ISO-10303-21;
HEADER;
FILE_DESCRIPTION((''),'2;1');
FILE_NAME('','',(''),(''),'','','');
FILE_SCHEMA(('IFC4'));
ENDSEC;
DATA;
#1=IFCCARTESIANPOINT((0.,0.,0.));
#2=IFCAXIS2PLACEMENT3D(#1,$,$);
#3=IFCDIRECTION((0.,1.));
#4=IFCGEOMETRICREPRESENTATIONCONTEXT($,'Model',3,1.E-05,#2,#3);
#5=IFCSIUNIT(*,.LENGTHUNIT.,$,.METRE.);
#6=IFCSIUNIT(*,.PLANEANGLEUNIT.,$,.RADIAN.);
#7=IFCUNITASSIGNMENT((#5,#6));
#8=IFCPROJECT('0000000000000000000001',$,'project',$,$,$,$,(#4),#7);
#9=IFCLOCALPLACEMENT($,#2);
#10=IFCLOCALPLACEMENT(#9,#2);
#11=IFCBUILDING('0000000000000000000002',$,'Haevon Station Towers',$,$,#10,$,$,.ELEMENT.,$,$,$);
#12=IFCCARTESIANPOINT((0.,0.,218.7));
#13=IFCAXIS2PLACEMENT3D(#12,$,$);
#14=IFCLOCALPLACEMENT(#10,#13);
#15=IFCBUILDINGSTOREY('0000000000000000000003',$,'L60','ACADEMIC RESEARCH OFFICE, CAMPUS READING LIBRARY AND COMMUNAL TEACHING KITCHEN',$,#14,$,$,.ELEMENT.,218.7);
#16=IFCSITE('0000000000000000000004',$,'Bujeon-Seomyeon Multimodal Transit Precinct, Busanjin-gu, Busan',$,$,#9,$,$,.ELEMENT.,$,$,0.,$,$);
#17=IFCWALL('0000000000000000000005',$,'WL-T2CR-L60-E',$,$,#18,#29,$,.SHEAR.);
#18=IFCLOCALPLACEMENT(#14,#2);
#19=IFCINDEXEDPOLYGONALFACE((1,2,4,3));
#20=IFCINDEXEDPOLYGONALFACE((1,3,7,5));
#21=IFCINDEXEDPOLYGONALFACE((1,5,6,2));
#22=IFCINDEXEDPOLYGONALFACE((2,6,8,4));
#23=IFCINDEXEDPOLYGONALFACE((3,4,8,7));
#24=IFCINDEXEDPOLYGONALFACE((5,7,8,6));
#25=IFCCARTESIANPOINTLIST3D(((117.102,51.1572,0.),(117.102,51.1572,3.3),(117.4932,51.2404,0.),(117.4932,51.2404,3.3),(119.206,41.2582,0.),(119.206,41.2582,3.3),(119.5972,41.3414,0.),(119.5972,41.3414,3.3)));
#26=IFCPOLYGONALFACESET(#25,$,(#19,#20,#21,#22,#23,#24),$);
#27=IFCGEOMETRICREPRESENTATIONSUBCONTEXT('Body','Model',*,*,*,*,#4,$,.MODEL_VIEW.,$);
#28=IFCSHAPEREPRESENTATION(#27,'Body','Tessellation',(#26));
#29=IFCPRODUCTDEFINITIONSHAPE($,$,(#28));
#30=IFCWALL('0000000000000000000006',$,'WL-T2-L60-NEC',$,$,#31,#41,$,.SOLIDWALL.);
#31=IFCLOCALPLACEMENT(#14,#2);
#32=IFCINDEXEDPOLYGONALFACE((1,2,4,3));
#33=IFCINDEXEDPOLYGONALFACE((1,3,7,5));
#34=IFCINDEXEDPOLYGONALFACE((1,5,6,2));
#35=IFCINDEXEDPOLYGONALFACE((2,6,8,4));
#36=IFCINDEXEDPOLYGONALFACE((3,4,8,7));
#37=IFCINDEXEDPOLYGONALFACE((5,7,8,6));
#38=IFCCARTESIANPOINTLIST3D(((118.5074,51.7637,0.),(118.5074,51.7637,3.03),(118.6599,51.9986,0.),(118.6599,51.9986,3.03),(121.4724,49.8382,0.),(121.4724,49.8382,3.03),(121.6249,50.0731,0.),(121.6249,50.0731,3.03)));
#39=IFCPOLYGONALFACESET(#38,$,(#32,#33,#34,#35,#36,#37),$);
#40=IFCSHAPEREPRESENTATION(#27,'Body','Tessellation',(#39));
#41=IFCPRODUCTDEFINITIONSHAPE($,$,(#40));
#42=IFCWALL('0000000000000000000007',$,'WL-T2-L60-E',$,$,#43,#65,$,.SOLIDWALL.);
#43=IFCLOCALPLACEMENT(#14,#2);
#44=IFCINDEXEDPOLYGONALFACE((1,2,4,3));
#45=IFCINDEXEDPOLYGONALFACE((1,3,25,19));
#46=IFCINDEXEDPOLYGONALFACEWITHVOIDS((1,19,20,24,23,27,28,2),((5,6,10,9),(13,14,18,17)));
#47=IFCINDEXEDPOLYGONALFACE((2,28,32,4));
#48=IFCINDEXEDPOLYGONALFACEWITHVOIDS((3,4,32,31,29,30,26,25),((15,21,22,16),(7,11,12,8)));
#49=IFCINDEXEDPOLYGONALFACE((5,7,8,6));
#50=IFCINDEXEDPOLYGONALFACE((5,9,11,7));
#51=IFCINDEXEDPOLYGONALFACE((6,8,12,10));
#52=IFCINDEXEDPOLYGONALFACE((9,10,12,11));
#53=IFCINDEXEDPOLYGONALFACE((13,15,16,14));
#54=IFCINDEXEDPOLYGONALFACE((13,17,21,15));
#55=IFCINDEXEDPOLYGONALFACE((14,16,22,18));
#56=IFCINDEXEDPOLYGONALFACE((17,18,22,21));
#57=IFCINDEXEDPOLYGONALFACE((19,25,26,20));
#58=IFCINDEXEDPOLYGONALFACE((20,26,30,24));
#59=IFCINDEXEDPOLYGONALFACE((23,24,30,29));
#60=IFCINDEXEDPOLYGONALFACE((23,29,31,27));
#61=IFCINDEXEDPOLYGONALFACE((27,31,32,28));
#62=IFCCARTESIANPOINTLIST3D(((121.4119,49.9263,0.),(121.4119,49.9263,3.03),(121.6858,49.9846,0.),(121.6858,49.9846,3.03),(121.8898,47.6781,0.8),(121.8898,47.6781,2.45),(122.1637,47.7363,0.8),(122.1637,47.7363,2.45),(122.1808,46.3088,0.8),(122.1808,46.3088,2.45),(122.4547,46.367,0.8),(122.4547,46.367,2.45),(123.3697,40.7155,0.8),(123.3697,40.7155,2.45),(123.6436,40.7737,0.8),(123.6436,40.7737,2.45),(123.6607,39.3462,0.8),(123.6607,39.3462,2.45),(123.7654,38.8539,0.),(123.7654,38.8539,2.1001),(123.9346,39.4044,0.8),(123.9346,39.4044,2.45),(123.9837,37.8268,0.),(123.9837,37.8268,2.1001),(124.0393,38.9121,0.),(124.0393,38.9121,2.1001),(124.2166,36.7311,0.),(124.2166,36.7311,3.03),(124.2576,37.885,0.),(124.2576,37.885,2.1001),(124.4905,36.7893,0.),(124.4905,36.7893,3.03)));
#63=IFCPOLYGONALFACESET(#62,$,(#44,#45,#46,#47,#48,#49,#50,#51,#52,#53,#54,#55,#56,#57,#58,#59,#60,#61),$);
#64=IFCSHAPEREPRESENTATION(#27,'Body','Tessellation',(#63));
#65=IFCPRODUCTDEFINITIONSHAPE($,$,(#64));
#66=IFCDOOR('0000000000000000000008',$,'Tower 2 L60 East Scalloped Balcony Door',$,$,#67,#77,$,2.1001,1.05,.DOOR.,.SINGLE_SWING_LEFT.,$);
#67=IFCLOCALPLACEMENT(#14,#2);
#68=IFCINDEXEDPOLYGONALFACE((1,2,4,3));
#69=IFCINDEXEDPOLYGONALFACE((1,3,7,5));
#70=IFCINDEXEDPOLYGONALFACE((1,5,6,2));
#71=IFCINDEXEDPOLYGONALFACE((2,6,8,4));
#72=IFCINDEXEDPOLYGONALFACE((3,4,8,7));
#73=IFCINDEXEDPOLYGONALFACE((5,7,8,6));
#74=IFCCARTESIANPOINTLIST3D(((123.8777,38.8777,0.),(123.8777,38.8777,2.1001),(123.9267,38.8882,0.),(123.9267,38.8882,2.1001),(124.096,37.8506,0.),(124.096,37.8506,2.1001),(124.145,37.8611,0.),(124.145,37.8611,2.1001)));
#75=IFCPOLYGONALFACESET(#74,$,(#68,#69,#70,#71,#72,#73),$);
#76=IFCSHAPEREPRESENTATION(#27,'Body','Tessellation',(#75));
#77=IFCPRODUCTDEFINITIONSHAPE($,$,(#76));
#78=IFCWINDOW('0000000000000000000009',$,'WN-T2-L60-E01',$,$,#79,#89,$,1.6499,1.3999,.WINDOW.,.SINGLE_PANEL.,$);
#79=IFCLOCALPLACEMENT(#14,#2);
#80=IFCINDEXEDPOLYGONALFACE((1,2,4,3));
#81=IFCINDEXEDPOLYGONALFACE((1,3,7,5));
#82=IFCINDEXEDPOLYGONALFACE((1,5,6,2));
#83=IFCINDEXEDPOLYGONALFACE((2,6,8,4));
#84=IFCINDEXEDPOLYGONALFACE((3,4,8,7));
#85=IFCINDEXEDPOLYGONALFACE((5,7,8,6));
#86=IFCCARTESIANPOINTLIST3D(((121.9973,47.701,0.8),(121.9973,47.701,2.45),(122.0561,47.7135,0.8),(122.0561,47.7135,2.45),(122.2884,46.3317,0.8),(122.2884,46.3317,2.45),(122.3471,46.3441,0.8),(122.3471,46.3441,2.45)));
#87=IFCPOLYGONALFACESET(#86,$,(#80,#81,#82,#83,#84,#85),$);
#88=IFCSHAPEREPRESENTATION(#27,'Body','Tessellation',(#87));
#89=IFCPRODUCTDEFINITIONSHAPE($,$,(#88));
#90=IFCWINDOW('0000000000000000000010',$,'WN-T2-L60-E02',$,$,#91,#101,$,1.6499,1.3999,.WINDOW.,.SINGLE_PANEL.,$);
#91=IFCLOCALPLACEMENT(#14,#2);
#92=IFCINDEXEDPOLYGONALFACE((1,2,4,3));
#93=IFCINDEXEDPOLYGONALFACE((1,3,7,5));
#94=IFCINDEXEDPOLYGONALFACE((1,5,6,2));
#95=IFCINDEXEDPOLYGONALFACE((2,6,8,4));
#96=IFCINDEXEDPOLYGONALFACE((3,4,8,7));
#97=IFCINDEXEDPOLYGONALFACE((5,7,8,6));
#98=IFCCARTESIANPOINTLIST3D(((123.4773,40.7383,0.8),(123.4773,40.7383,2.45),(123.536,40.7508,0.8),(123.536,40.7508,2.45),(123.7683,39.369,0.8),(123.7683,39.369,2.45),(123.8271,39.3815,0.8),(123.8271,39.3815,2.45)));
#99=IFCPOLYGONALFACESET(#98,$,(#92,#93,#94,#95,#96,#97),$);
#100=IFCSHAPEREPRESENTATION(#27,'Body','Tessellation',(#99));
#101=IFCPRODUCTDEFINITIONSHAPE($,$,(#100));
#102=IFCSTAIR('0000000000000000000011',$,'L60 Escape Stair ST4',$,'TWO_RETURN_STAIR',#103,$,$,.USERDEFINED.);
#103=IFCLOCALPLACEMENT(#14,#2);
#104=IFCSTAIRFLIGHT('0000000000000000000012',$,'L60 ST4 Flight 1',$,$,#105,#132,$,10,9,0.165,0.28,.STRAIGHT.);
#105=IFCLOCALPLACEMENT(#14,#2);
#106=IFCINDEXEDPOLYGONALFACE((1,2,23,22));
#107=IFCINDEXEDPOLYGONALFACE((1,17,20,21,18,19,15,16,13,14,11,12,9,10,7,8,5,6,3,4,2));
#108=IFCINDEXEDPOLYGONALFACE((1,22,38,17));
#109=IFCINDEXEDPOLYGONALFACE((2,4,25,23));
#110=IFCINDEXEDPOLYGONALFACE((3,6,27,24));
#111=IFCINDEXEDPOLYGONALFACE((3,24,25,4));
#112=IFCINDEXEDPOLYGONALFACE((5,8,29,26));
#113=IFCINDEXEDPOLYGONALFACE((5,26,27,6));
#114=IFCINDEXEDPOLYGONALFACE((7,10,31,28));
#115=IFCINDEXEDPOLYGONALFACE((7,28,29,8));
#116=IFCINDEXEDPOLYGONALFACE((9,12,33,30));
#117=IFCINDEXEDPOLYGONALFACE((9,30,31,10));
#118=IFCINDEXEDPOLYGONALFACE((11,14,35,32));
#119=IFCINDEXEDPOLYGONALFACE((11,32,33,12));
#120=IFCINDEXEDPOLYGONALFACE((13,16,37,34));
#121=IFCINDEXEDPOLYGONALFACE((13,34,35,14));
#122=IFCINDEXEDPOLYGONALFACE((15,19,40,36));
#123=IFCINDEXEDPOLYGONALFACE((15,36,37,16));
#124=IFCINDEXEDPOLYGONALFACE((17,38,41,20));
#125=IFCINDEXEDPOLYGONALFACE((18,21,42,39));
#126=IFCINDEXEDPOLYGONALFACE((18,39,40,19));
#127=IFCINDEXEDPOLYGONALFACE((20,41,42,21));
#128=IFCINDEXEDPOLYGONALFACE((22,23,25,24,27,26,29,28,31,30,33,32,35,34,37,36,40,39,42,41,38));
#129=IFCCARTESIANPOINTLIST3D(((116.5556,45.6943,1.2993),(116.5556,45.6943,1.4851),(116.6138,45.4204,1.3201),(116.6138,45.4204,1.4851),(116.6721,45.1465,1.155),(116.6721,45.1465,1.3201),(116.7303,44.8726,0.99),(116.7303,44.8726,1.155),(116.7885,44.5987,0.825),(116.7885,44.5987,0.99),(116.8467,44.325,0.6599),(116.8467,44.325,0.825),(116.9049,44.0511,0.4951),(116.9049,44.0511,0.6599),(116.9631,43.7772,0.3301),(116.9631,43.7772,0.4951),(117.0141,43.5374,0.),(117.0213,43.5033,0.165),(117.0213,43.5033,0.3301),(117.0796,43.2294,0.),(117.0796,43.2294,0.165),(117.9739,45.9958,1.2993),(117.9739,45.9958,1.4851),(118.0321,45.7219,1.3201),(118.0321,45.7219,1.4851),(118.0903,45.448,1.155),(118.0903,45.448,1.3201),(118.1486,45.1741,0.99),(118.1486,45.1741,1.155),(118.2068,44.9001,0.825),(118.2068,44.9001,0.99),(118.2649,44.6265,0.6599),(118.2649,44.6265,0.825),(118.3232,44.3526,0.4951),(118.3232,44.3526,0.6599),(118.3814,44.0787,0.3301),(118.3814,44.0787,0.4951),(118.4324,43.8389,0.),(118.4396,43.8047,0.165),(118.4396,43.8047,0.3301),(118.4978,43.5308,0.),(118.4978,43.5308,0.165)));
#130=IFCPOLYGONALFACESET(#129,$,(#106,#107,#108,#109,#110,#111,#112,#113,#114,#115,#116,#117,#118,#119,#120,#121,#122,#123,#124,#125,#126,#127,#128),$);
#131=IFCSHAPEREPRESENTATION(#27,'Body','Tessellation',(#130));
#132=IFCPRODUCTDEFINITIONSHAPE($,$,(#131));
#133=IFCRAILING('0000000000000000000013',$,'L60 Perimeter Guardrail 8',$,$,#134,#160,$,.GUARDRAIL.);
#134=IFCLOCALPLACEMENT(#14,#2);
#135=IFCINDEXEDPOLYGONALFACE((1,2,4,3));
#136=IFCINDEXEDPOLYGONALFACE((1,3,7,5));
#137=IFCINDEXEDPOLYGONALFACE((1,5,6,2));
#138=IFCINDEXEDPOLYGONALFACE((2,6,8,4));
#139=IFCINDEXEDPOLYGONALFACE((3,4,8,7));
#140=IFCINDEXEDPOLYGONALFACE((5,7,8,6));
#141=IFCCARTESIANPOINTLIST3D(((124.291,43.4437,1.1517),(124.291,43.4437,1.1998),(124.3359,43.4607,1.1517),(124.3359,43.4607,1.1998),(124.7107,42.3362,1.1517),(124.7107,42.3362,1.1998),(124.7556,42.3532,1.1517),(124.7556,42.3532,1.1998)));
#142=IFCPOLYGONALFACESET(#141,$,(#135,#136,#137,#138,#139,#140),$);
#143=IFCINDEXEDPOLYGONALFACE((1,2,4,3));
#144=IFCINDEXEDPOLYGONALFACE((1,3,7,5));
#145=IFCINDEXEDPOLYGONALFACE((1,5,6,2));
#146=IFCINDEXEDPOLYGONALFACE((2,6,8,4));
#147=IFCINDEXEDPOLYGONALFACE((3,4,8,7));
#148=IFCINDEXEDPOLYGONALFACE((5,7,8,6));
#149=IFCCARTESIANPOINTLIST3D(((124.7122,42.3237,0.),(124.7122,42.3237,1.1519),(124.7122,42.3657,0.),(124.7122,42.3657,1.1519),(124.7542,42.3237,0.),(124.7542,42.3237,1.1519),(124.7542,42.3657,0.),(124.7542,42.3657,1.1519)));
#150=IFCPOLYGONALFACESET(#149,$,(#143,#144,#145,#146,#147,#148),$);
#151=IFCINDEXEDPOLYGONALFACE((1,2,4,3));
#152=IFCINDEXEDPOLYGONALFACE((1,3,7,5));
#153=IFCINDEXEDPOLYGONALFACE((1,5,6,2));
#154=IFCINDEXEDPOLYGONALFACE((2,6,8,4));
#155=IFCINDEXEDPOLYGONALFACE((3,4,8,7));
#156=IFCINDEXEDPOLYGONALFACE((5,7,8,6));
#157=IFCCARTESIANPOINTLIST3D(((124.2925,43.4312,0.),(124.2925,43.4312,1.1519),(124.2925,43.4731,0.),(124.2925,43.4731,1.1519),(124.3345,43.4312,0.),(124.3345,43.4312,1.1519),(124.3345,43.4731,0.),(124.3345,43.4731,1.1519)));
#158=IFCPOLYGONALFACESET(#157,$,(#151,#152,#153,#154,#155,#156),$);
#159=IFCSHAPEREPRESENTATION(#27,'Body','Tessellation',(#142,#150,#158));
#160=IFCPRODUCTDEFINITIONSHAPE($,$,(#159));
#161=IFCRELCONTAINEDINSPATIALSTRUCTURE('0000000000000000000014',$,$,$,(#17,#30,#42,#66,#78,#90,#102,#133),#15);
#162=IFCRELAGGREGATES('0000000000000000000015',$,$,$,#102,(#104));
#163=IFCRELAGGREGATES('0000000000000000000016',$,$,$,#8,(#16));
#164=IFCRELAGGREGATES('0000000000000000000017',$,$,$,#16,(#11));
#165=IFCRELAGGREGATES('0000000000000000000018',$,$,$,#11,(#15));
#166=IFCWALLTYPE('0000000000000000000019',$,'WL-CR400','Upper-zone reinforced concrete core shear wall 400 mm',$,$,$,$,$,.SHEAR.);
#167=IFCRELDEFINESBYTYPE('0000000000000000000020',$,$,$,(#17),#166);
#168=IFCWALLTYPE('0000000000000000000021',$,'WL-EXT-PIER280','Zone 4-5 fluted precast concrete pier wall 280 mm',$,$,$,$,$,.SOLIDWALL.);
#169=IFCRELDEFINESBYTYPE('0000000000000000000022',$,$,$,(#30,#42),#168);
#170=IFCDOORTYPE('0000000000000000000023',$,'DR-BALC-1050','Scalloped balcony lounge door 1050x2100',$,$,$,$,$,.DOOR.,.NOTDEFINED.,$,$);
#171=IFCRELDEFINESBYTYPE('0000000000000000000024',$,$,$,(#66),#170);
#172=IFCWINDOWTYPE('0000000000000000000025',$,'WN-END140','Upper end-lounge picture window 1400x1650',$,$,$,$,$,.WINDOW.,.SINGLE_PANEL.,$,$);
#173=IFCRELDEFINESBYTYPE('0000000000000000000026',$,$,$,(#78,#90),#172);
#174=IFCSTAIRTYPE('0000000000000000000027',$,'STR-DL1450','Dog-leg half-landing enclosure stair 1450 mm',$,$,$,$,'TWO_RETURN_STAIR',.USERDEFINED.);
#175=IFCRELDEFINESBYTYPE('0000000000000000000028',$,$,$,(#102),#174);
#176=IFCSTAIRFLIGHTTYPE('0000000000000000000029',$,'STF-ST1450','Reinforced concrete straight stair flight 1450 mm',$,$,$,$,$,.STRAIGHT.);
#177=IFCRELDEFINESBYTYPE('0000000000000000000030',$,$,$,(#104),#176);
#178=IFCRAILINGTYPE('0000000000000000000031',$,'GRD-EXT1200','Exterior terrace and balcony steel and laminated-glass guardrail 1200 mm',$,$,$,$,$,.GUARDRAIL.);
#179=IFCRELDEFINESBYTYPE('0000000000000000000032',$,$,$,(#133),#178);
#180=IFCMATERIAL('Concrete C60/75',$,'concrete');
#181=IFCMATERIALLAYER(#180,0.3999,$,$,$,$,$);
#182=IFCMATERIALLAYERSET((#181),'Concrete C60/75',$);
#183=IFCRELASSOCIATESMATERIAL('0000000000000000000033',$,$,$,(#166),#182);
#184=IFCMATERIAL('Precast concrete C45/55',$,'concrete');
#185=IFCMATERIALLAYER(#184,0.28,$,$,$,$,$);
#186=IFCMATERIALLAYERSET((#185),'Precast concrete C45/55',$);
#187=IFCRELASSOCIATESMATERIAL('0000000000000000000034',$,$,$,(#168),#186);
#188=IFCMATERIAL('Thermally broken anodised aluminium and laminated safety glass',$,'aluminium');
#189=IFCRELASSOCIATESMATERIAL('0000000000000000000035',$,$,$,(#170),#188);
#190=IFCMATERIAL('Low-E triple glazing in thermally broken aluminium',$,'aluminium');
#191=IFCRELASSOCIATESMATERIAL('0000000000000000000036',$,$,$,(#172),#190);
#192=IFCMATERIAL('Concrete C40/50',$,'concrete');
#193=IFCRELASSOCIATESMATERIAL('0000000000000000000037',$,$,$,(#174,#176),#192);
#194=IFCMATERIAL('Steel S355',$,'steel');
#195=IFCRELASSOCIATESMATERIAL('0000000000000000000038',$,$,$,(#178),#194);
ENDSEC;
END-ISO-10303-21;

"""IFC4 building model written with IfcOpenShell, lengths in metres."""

from ifc_helpers import new_model, si_unit, direction, frame, frame_2d, origin, origin_2d, place, context, subcontext, project, spatial, polyline, rectangle, outline, extrude, material, layer, layer_set, type_object, element, fill, aggregate, save


model = new_model("IFC4")

# Units and contexts
model_context = context("Model", 3, precision=1e-05, world=origin(), true_north=direction((0.0, 1.0)))
body_context = subcontext(model_context, "Body", "Model", "MODEL_VIEW")
ifc_project = project(units=[si_unit("LENGTHUNIT", "METRE"), si_unit("PLANEANGLEUNIT", "RADIAN")], contexts=[model_context])

# Site, building, storey
site_placement = place(None, origin())
site = spatial("IfcSite", under=ifc_project, at=site_placement, Name="Bujeon-Seomyeon Multimodal Transit Precinct, Busanjin-gu, Busan", CompositionType="ELEMENT", RefElevation=0.0)
building_placement = place(site_placement, origin())
building = spatial("IfcBuilding", under=site, at=building_placement, Name="Haevon Station Towers", CompositionType="ELEMENT")
storey_placement = place(building_placement, frame((0.0, 0.0, 218.7)))
storey = spatial("IfcBuildingStorey", under=building, at=storey_placement, Name="L60", Description="ACADEMIC RESEARCH OFFICE, CAMPUS READING LIBRARY AND COMMUNAL TEACHING KITCHEN", CompositionType="ELEMENT", Elevation=218.7)

# Shared definitions
ifc_material_1 = material(Name="Steel S355", Category="steel")

# Walls
ifc_material_2 = material(Name="Concrete C60/75", Category="concrete")
ifc_layer_1 = layer(ifc_material_2, 0.3999)
ifc_layer_set_1 = layer_set([ifc_layer_1], Name="Concrete C60/75")
wall_type_1 = type_object("IfcWallType", Name="WL-CR400", Description="Upper-zone reinforced concrete core shear wall 400 mm", PredefinedType="SHEAR", material=ifc_layer_set_1)
wall_1_placement = place(storey_placement, frame((119.4016, 41.2998, 0.0), z_axis=(0.0, 0.0, 1.0), x_axis=(-0.207904, 0.978149, 0.0)))
element("IfcWall", 1, at=wall_1_placement, inside=storey, type_object=wall_type_1, Name="WL-T2CR-L60-E", PredefinedType="SHEAR", context=body_context, shape_type="SweptSolid", body=[
    extrude(rectangle(XDim=10.1201, YDim=0.3999, at=frame_2d((5.0601, 0.0))), origin(), (0.0, 0.0, 1.0), 3.3),
])
ifc_material_3 = material(Name="Precast concrete C45/55", Category="concrete")
ifc_layer_2 = layer(ifc_material_3, 0.28)
ifc_layer_set_2 = layer_set([ifc_layer_2], Name="Precast concrete C45/55")
wall_type_2 = type_object("IfcWallType", Name="WL-EXT-PIER280", Description="Zone 4-5 fluted precast concrete pier wall 280 mm", PredefinedType="SOLIDWALL", material=ifc_layer_set_2)
wall_2_placement = place(storey_placement, frame((118.5837, 51.8811, 0.0), z_axis=(0.0, 0.0, 1.0), x_axis=(0.838672, -0.544636, 0.0)))
element("IfcWall", 2, at=wall_2_placement, inside=storey, type_object=wall_type_2, Name="WL-T2-L60-NEC", PredefinedType="SOLIDWALL", context=body_context, shape_type="SweptSolid", body=[
    extrude(rectangle(XDim=3.5354, YDim=0.28, at=frame_2d((1.7676, 0.0))), origin(), (0.0, 0.0, 1.0), 3.03),
])

# Wall, openings, door, windows
wall_3_placement = place(storey_placement, frame((121.5488, 49.9556, 0.0), z_axis=(0.0, 0.0, 1.0), x_axis=(0.207907, -0.978149, 0.0)))
wall_3 = element("IfcWall", 3, at=wall_3_placement, inside=storey, type_object=wall_type_2, Name="WL-T2-L60-E", PredefinedType="SOLIDWALL", context=body_context, shape_type="SweptSolid", body=[
    extrude(rectangle(XDim=13.49, YDim=0.28, at=frame_2d((6.7451, 0.0))), origin(), (0.0, 0.0, 1.0), 3.03),
])
opening_1_placement = place(wall_3_placement, frame((11.3201, 0.0, 0.0)))
opening_1 = element("IfcOpeningElement", 4, at=opening_1_placement, cuts=wall_3, PredefinedType="OPENING", context=body_context, shape_type="SweptSolid", body=[
    extrude(rectangle(XDim=1.05, YDim=2.1001, at=frame_2d((0.5249, 1.05))), frame((0.0, 0.1499, 0.0), z_axis=(0.0, -1.0, 0.0), x_axis=(1.0, 0.0, 0.0)), (0.0, 0.0, 1.0), 0.3),
])
opening_2_placement = place(wall_3_placement, frame((2.2986, 0.0, 0.8)))
opening_2 = element("IfcOpeningElement", 5, at=opening_2_placement, cuts=wall_3, PredefinedType="OPENING", context=body_context, shape_type="SweptSolid", body=[
    extrude(rectangle(XDim=1.3999, YDim=1.6499, at=frame_2d((0.7, 0.825))), frame((0.0, 0.1499, 0.0), z_axis=(0.0, -1.0, 0.0), x_axis=(1.0, 0.0, 0.0)), (0.0, 0.0, 1.0), 0.3),
])
opening_3_placement = place(wall_3_placement, frame((9.4167, 0.0, 0.8)))
opening_3 = element("IfcOpeningElement", 6, at=opening_3_placement, cuts=wall_3, PredefinedType="OPENING", context=body_context, shape_type="SweptSolid", body=[
    extrude(rectangle(XDim=1.3999, YDim=1.6499, at=frame_2d((0.7, 0.825))), frame((0.0, 0.1499, 0.0), z_axis=(0.0, -1.0, 0.0), x_axis=(1.0, 0.0, 0.0)), (0.0, 0.0, 1.0), 0.3),
])
ifc_material_4 = material(Name="Thermally broken anodised aluminium and laminated safety glass", Category="aluminium")
door_type = type_object("IfcDoorType", Name="DR-BALC-1050", Description="Scalloped balcony lounge door 1050x2100", OperationType="NOTDEFINED", PredefinedType="DOOR", material=ifc_material_4)
door_placement = place(opening_1_placement, origin())
door = element("IfcDoor", 7, at=door_placement, inside=storey, type_object=door_type, Name="Tower 2 L60 East Scalloped Balcony Door", OperationType="SINGLE_SWING_LEFT", OverallHeight=2.1001, OverallWidth=1.05, PredefinedType="DOOR", context=body_context, shape_type="SweptSolid", body=[
    extrude(rectangle(XDim=1.05, YDim=2.1001, at=frame_2d((0.5249, 1.05))), frame((0.0, 0.0249, 0.0), z_axis=(0.0, -1.0, 0.0), x_axis=(1.0, 0.0, 0.0)), (0.0, 0.0, 1.0), 0.05),
])
fill(opening_1, door)
ifc_material_5 = material(Name="Low-E triple glazing in thermally broken aluminium", Category="aluminium")
window_type = type_object("IfcWindowType", Name="WN-END140", Description="Upper end-lounge picture window 1400x1650", PartitioningType="SINGLE_PANEL", PredefinedType="WINDOW", material=ifc_material_5)
window_1_placement = place(opening_2_placement, origin())
window_1 = element("IfcWindow", 8, at=window_1_placement, inside=storey, type_object=window_type, Name="WN-T2-L60-E01", OverallHeight=1.6499, OverallWidth=1.3999, PartitioningType="SINGLE_PANEL", PredefinedType="WINDOW", context=body_context, shape_type="SweptSolid", body=[
    extrude(rectangle(XDim=1.3999, YDim=1.6499, at=frame_2d((0.7, 0.825))), frame((0.0, 0.03, 0.0), z_axis=(0.0, -1.0, 0.0), x_axis=(1.0, 0.0, 0.0)), (0.0, 0.0, 1.0), 0.0601),
])
fill(opening_2, window_1)
window_2_placement = place(opening_3_placement, origin())
window_2 = element("IfcWindow", 9, at=window_2_placement, inside=storey, type_object=window_type, Name="WN-T2-L60-E02", OverallHeight=1.6499, OverallWidth=1.3999, PartitioningType="SINGLE_PANEL", PredefinedType="WINDOW", context=body_context, shape_type="SweptSolid", body=[
    extrude(rectangle(XDim=1.3999, YDim=1.6499, at=frame_2d((0.7, 0.825))), frame((0.0, 0.03, 0.0), z_axis=(0.0, -1.0, 0.0), x_axis=(1.0, 0.0, 0.0)), (0.0, 0.0, 1.0), 0.0601),
])
fill(opening_3, window_2)

# Stair, stair flight
ifc_material_6 = material(Name="Concrete C40/50", Category="concrete")
stair_type = type_object("IfcStairType", Name="STR-DL1450", Description="Dog-leg half-landing enclosure stair 1450 mm", ElementType="TWO_RETURN_STAIR", PredefinedType="USERDEFINED", material=ifc_material_6)
stair_placement = place(storey_placement, origin())
stair = element("IfcStair", 10, at=stair_placement, inside=storey, type_object=stair_type, Name="L60 Escape Stair ST4", ObjectType="TWO_RETURN_STAIR", PredefinedType="USERDEFINED")
stair_flight_type = type_object("IfcStairFlightType", Name="STF-ST1450", Description="Reinforced concrete straight stair flight 1450 mm", PredefinedType="STRAIGHT", material=ifc_material_6)
stair_flight_placement = place(storey_placement, frame((117.7888, 43.3801, 0.0), z_axis=(0.0, 0.0, 1.0), x_axis=(-0.207912, 0.978148, 0.0)))
stair_flight = element("IfcStairFlight", 11, at=stair_flight_placement, type_object=stair_flight_type, Name="L60 ST4 Flight 1", NumberOfRisers=10, NumberOfTreads=9, PredefinedType="STRAIGHT", RiserHeight=0.165, TreadLength=0.28, context=body_context, shape_type="SweptSolid", body=[
    extrude(outline(polyline([(0.0, 0.0), (0.0, 0.165), (0.28, 0.165), (0.28, 0.3301), (0.5601, 0.3301), (0.5601, 0.4951), (0.8401, 0.4951), (0.8401, 0.6599), (1.1201, 0.6599), (1.1201, 0.825), (1.3999, 0.825), (1.3999, 0.99), (1.6799, 0.99), (1.6799, 1.155), (1.96, 1.155), (1.96, 1.3201), (2.24, 1.3201), (2.24, 1.4851), (2.52, 1.4851), (2.52, 1.6499), (2.52, 1.2993), (0.3149, 0.0), (0.0, 0.0)])), frame((0.0, 0.7251, 0.0), z_axis=(0.0, -1.0, 0.0), x_axis=(1.0, 0.0, 0.0)), (0.0, 0.0, 1.0), 1.45),
])
aggregate(stair, [stair_flight])

# Railing
railing_type_1 = type_object("IfcRailingType", Name="GRD-EXT1200", Description="Exterior terrace and balcony steel and laminated-glass guardrail 1200 mm", PredefinedType="GUARDRAIL", material=ifc_material_1)
railing_1_placement = place(storey_placement, frame((124.7332, 42.3447, 0.0)))
element("IfcRailing", 12, at=railing_1_placement, inside=storey, type_object=railing_type_1, Name="L60 Perimeter Guardrail 8", PredefinedType="GUARDRAIL", context=body_context, shape_type="SweptSolid", body=[
    extrude(rectangle(XDim=0.0481, YDim=0.0481, at=origin_2d()), frame((0.0, 0.0, 1.1758), z_axis=(-0.354375, 0.935104, 0.0), x_axis=(-0.935104, -0.354375, 0.0)), (0.0, 0.0, 1.0), 1.1843),
    extrude(rectangle(XDim=0.042, YDim=0.042, at=origin_2d()), origin(), (0.0, 0.0, 1.0), 1.1519),
    extrude(rectangle(XDim=0.042, YDim=0.042, at=origin_2d()), frame((-0.4197, 1.1074, 0.0)), (0.0, 0.0, 1.0), 1.1519),
])

save(model, "model.ifc")
